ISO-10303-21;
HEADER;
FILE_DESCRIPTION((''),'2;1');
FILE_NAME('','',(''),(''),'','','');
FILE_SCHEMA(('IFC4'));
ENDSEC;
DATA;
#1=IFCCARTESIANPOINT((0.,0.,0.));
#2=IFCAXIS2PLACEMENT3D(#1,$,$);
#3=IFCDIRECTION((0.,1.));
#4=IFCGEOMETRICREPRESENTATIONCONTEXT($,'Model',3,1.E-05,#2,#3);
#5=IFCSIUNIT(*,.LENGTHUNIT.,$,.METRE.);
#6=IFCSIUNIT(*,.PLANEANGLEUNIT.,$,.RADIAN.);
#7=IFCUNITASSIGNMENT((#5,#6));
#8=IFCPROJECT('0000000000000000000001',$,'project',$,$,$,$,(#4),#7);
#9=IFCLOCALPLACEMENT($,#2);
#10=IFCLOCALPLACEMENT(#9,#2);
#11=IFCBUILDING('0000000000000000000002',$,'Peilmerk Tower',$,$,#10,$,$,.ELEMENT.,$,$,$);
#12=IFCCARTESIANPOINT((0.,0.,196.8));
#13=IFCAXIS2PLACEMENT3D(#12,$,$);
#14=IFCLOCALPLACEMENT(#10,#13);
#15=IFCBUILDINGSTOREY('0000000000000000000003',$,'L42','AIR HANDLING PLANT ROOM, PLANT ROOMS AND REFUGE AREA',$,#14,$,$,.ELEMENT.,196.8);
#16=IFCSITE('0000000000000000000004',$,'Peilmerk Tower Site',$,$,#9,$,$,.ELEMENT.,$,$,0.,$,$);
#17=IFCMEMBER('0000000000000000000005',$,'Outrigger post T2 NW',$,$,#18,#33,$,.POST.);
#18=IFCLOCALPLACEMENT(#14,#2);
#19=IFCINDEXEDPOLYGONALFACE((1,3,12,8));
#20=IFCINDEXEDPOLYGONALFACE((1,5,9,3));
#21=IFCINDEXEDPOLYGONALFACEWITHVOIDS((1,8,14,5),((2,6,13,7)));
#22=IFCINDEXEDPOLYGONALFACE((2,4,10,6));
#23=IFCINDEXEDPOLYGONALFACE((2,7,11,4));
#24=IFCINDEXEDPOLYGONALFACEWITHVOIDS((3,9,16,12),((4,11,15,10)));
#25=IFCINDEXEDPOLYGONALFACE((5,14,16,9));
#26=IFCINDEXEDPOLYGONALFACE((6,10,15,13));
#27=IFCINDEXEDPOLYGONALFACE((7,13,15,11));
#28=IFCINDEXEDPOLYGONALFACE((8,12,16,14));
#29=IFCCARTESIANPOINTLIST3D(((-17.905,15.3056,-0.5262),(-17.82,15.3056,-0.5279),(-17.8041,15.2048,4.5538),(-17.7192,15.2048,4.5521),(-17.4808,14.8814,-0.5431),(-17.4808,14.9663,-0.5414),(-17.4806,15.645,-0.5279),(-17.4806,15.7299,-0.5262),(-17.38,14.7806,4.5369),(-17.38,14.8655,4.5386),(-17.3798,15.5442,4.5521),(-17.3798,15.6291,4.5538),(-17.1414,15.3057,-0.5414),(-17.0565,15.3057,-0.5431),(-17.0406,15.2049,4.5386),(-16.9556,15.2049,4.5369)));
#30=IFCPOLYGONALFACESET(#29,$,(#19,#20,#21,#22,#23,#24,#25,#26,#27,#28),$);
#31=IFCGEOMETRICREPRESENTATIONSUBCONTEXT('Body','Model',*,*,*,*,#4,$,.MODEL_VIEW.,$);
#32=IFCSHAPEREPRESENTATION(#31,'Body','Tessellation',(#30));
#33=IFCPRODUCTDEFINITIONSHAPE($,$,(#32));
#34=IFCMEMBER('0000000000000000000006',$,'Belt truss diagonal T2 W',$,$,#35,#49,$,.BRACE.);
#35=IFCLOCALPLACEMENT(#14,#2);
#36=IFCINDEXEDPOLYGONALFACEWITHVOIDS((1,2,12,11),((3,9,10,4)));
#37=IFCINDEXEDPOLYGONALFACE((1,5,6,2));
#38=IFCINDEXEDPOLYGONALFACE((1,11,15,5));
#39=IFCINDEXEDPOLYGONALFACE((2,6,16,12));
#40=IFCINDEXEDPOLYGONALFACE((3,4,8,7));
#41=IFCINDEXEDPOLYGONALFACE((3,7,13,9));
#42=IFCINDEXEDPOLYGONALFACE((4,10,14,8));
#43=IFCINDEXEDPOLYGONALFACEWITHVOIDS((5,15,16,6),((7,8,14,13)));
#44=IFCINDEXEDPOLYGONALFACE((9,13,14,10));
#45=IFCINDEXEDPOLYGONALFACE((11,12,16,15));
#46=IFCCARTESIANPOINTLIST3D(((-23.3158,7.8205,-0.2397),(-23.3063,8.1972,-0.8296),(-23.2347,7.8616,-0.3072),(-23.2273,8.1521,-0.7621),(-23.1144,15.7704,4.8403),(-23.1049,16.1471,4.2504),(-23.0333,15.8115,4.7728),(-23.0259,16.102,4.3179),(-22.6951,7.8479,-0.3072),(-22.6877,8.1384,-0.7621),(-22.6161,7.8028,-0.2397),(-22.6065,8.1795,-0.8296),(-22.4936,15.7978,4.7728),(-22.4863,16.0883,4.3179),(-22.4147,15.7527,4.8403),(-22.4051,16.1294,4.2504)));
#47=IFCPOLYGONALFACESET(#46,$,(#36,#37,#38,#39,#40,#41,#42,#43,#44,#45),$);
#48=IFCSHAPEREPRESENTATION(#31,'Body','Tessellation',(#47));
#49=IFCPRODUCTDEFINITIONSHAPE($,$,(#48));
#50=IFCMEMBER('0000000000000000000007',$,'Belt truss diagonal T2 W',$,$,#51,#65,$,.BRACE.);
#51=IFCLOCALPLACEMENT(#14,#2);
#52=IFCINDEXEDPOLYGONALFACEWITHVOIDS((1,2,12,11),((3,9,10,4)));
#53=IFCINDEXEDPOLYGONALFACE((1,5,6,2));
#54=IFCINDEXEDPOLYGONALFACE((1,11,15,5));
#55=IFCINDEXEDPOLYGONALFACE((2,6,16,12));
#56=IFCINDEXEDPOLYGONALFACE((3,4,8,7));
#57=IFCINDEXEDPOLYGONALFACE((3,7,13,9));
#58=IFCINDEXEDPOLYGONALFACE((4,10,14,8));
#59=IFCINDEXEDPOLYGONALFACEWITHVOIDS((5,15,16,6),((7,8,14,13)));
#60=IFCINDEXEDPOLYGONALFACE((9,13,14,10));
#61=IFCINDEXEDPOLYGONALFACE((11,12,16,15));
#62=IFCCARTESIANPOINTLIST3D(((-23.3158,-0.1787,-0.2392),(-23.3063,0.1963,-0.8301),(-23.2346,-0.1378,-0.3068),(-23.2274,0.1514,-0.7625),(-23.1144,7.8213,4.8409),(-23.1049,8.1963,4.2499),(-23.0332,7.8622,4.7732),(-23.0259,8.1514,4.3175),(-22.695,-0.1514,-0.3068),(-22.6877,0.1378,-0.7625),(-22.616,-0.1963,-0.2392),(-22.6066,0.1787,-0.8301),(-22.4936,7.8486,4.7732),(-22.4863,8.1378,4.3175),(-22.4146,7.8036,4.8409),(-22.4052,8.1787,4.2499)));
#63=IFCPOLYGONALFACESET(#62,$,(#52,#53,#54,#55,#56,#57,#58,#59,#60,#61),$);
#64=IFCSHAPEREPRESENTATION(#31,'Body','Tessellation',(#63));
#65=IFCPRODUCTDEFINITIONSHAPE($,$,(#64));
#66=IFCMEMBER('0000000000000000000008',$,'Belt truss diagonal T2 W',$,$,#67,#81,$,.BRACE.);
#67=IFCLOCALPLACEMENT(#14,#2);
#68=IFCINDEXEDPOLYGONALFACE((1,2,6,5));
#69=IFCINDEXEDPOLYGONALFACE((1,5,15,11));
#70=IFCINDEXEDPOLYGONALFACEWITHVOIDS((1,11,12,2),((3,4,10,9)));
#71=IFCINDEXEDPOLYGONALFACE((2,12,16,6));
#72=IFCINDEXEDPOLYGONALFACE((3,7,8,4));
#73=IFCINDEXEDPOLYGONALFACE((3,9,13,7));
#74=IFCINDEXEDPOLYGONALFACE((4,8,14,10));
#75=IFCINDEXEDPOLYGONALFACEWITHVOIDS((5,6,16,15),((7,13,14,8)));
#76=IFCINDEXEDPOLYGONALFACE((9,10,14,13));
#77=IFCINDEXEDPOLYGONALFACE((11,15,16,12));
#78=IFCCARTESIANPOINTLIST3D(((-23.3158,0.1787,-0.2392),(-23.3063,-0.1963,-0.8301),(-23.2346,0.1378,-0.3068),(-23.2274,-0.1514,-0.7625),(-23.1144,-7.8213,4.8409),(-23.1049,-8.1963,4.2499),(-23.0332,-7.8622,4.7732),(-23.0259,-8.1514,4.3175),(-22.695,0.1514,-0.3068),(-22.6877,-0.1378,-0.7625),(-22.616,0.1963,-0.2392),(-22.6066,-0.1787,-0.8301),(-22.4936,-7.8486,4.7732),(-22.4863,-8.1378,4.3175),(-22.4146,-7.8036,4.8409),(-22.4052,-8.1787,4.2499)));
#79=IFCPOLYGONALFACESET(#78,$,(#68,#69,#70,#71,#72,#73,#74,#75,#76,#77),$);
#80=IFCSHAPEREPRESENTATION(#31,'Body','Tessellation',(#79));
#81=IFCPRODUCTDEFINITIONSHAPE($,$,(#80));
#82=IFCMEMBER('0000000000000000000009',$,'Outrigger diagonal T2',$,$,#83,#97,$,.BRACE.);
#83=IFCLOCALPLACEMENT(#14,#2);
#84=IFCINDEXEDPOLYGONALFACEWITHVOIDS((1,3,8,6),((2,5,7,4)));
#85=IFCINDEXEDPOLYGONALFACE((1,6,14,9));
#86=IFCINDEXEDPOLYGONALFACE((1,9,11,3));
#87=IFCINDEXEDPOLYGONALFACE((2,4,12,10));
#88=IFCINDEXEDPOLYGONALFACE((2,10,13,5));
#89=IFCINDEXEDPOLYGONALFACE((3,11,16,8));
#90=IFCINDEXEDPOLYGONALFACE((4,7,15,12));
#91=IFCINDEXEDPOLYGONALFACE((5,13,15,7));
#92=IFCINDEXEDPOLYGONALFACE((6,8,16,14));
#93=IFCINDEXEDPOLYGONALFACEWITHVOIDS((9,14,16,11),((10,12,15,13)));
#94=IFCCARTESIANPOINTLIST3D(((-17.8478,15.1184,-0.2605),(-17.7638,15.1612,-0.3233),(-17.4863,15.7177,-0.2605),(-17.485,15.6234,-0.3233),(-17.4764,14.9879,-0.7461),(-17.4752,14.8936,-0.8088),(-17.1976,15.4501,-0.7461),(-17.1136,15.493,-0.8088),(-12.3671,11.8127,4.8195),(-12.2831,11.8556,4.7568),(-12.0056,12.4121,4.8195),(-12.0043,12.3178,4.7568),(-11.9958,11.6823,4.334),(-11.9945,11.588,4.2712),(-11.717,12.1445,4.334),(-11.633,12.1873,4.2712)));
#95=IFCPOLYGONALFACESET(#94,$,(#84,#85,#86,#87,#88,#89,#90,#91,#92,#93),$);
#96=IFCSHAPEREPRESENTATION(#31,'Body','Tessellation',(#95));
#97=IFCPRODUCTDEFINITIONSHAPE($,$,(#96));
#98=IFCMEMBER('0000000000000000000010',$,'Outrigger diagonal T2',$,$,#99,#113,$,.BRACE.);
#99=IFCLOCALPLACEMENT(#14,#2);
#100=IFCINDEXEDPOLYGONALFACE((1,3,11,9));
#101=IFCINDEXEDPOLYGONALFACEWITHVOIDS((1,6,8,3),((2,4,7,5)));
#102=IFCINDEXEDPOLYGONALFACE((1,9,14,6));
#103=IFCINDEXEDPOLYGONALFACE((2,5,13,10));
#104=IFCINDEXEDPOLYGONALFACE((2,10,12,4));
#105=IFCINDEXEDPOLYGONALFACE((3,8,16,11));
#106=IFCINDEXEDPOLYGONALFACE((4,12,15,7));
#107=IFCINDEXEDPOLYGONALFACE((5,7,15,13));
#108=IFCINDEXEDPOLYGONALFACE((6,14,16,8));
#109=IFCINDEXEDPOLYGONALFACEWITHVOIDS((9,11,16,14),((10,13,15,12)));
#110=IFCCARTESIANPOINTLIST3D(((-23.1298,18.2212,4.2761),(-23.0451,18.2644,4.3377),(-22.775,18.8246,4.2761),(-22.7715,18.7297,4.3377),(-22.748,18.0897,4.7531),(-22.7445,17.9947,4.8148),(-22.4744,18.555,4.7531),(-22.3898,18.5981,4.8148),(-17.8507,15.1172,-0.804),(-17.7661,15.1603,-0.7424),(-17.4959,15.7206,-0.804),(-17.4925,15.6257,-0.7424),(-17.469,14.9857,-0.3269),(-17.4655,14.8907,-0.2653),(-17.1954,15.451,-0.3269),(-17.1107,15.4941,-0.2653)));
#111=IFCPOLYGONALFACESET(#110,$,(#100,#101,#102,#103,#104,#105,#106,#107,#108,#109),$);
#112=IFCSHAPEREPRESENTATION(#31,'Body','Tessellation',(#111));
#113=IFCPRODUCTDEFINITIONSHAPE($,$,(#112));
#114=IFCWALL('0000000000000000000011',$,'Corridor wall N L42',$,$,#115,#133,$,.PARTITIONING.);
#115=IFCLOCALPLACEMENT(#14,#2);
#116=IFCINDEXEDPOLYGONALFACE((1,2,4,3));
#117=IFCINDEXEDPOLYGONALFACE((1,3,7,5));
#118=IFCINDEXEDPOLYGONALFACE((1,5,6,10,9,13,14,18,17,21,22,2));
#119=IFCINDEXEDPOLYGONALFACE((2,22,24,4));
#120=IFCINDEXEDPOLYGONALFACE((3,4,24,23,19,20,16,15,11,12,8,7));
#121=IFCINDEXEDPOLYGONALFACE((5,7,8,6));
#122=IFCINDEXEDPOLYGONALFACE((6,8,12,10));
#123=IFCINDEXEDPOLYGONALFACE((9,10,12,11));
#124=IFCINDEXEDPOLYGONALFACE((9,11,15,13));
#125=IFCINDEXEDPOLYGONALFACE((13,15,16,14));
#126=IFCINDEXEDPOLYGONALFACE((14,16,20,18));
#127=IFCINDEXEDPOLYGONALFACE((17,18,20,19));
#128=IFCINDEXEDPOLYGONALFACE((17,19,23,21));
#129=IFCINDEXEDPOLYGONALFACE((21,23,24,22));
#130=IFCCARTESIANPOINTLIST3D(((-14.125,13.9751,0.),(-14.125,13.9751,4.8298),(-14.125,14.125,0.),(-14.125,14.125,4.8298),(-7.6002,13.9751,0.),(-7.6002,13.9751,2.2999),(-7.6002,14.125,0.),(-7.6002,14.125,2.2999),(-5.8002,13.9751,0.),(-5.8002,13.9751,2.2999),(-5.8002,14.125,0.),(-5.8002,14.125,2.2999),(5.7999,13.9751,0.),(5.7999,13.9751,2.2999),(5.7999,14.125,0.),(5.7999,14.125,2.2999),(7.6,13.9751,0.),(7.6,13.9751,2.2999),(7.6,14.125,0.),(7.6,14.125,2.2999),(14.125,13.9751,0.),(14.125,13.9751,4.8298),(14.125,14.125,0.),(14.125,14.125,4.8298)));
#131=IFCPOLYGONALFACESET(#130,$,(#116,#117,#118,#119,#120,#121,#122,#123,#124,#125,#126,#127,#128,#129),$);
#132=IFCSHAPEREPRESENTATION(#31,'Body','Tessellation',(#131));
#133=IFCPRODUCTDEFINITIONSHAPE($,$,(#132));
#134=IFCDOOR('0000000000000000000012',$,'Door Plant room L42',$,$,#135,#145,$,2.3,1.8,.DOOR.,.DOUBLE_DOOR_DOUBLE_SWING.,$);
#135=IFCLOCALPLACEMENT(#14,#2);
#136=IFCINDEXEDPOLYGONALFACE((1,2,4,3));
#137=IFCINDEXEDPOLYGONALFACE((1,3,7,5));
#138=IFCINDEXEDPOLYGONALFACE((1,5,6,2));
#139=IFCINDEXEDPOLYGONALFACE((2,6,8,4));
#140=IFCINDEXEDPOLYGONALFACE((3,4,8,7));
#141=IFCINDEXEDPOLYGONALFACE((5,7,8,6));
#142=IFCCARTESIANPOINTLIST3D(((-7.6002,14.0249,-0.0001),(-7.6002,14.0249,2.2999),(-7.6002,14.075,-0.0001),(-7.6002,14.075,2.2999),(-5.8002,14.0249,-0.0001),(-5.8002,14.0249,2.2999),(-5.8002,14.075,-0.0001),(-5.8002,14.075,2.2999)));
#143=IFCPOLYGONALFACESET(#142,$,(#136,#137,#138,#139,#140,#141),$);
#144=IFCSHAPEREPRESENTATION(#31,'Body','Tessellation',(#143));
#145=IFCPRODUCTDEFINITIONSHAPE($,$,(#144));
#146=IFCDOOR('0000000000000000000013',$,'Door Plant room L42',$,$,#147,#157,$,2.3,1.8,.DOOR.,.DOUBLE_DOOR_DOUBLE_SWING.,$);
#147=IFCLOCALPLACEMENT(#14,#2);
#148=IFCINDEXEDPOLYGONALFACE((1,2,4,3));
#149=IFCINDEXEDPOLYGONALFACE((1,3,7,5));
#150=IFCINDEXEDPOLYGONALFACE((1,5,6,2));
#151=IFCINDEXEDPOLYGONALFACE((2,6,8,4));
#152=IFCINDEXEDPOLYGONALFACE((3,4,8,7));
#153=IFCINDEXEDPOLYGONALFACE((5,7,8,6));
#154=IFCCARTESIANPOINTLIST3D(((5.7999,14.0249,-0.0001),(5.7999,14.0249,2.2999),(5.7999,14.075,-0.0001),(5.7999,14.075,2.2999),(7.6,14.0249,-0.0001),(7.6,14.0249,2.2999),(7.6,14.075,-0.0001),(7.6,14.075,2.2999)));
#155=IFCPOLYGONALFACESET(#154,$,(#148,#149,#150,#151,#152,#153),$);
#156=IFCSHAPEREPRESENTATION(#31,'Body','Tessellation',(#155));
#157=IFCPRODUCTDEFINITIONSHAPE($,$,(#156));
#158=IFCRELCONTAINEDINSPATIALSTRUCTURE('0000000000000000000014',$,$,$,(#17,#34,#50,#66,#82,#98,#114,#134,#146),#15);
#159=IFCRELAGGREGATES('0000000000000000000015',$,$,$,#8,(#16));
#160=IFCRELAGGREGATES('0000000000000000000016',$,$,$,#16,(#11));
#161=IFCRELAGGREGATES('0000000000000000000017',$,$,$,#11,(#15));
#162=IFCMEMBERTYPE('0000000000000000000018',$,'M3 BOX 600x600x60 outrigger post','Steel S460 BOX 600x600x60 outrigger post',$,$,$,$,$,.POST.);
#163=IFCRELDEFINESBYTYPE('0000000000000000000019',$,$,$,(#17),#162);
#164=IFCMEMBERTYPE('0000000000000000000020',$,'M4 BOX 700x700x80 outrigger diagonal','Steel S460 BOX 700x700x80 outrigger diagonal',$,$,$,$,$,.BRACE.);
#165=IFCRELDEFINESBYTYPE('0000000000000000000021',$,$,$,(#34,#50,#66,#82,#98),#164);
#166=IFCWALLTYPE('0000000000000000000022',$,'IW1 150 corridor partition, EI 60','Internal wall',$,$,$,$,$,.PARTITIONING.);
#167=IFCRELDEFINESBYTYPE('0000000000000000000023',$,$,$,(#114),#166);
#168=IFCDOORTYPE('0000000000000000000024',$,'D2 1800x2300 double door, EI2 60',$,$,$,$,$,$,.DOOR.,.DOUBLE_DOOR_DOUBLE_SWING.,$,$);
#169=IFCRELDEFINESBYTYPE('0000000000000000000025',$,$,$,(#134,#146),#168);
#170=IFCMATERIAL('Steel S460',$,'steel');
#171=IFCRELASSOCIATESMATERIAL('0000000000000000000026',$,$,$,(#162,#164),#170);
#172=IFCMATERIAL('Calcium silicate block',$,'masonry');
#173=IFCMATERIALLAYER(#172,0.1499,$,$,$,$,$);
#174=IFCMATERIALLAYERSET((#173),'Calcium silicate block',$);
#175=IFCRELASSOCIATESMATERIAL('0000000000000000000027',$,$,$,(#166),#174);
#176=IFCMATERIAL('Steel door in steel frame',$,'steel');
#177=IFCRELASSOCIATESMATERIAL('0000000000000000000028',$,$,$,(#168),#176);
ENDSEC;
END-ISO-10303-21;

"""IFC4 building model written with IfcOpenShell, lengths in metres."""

from ifc_helpers import new_model, si_unit, direction, frame, frame_2d, origin, origin_2d, place, context, subcontext, project, spatial, rectangle, hollow_rectangle, extrude, material, layer, layer_set, material_profile, profile_set, type_object, element, fill, save


model = new_model("IFC4")

# Units and contexts
model_context = context("Model", 3, precision=1e-05, world=origin(), true_north=direction((0.0, 1.0)))
body_context = subcontext(model_context, "Body", "Model", "MODEL_VIEW")
ifc_project = project(units=[si_unit("LENGTHUNIT", "METRE"), si_unit("PLANEANGLEUNIT", "RADIAN")], contexts=[model_context])

# Site, building, storey
site_placement = place(None, origin())
site = spatial("IfcSite", under=ifc_project, at=site_placement, Name="Peilmerk Tower Site", CompositionType="ELEMENT", RefElevation=0.0)
building_placement = place(site_placement, origin())
building = spatial("IfcBuilding", under=site, at=building_placement, Name="Peilmerk Tower", CompositionType="ELEMENT")
storey_placement = place(building_placement, frame((0.0, 0.0, 196.8)))
storey = spatial("IfcBuildingStorey", under=building, at=storey_placement, Name="L42", Description="AIR HANDLING PLANT ROOM, PLANT ROOMS AND REFUGE AREA", CompositionType="ELEMENT", Elevation=196.8)

# Shared definitions
ifc_material_1 = material(Name="Steel S460", Category="steel")

# Members
ifc_material_profile_1 = material_profile(ifc_material_1, hollow_rectangle(XDim=0.6001, YDim=0.6001, WallThickness=0.0601, at=origin_2d()), Name="BOX 600x600x60")
ifc_profile_set_1 = profile_set([ifc_material_profile_1], Name="Steel S460")
member_type_1 = type_object("IfcMemberType", Name="M3 BOX 600x600x60 outrigger post", Description="Steel S460 BOX 600x600x60 outrigger post", PredefinedType="POST", material=ifc_profile_set_1)
member_1_placement = place(storey_placement, frame((-17.4807, 15.3057, -0.5347), z_axis=(0.01984, -0.01984, 0.999606), x_axis=(0.707107, 0.707107, 0.0)))
element("IfcMember", 1, at=member_1_placement, inside=storey, type_object=member_type_1, Name="Outrigger post T2 NW", PredefinedType="POST", context=body_context, shape_type="SweptSolid", body=[
    extrude(hollow_rectangle(XDim=0.6001, YDim=0.6001, WallThickness=0.0601, at=origin_2d()), origin(), (0.0, 0.0, 1.0), 5.082),
])
ifc_material_profile_2 = material_profile(ifc_material_1, hollow_rectangle(XDim=0.7, YDim=0.7, WallThickness=0.0801, at=origin_2d()), Name="BOX 700x700x80")
ifc_profile_set_2 = profile_set([ifc_material_profile_2], Name="Steel S460")
member_type_2 = type_object("IfcMemberType", Name="M4 BOX 700x700x80 outrigger diagonal", Description="Steel S460 BOX 700x700x80 outrigger diagonal", PredefinedType="BRACE", material=ifc_profile_set_2)
member_2_placement = place(storey_placement, frame((-22.9612, 8.0, -0.5347), z_axis=(0.021344, 0.842459, 0.538338), x_axis=(-0.999679, 0.025327, 0.0)))
element("IfcMember", 2, at=member_2_placement, inside=storey, type_object=member_type_2, Name="Belt truss diagonal T2 W", PredefinedType="BRACE", context=body_context, shape_type="SweptSolid", body=[
    extrude(hollow_rectangle(XDim=0.7, YDim=0.7, WallThickness=0.0801, at=origin_2d()), origin(), (0.0, 0.0, 1.0), 9.4365),
])
for number, where, z_axis, x_axis, name in (
    (3, (-22.9612, 0.0, -0.5347), (0.021249, 0.843988, 0.535941), (-0.999683, 0.025169, 0.0), "Belt truss diagonal T2 W"),
    (4, (-22.9612, 0.0, -0.5347), (0.021249, -0.843988, 0.535941), (0.999683, 0.025169, 0.0), "Belt truss diagonal T2 W"),
):
    element("IfcMember", number, at=place(storey_placement, frame(where, z_axis=z_axis, x_axis=x_axis)), inside=storey, type_object=member_type_2, Name=name, PredefinedType="BRACE", context=body_context, shape_type="SweptSolid", body=[
        extrude(hollow_rectangle(XDim=0.7, YDim=0.7, WallThickness=0.0801, at=origin_2d()), origin(), (0.0, 0.0, 1.0), 9.4788),
    ])
member_3_placement = place(storey_placement, frame((-17.4807, 15.3057, -0.5347), z_axis=(0.670714, -0.404538, 0.621685), x_axis=(0.516475, 0.856303, 0.0)))
element("IfcMember", 5, at=member_3_placement, inside=storey, type_object=member_type_2, Name="Outrigger diagonal T2", PredefinedType="BRACE", context=body_context, shape_type="SweptSolid", body=[
    extrude(hollow_rectangle(XDim=0.7, YDim=0.7, WallThickness=0.0801, at=origin_2d()), origin(), (0.0, 0.0, 1.0), 8.1714),
])
member_4_placement = place(storey_placement, frame((-17.4807, 15.3057, -0.5347), z_axis=(-0.663466, 0.390108, 0.638459), x_axis=(-0.50686, -0.862028, 0.0)))
element("IfcMember", 6, at=member_4_placement, inside=storey, type_object=member_type_2, Name="Outrigger diagonal T2", PredefinedType="BRACE", context=body_context, shape_type="SweptSolid", body=[
    extrude(hollow_rectangle(XDim=0.7, YDim=0.7, WallThickness=0.0801, at=origin_2d()), origin(), (0.0, 0.0, 1.0), 7.9568),
])

# Wall, openings, doors
ifc_material_2 = material(Name="Calcium silicate block", Category="masonry")
ifc_layer_1 = layer(ifc_material_2, 0.1499)
ifc_layer_set_1 = layer_set([ifc_layer_1], Name="Calcium silicate block")
wall_type_1 = type_object("IfcWallType", Name="IW1 150 corridor partition, EI 60", Description="Internal wall", PredefinedType="PARTITIONING", material=ifc_layer_set_1)
wall_1_placement = place(storey_placement, frame((-14.125, 14.05, 0.0), z_axis=(0.0, 0.0, 1.0), x_axis=(1.0, 0.0, 0.0)))
wall_1 = element("IfcWall", 7, at=wall_1_placement, inside=storey, type_object=wall_type_1, Name="Corridor wall N L42", PredefinedType="PARTITIONING", context=body_context, shape_type="SweptSolid", body=[
    extrude(rectangle(XDim=28.25, YDim=0.1499, at=frame_2d((14.125, 0.0))), origin(), (0.0, 0.0, 1.0), 4.8298),
])
opening_1_placement = place(wall_1_placement, frame((6.5249, 0.0, 0.0)))
opening_1 = element("IfcOpeningElement", 8, at=opening_1_placement, cuts=wall_1, PredefinedType="OPENING", context=body_context, shape_type="SweptSolid", body=[
    extrude(rectangle(XDim=1.8, YDim=2.3, at=frame_2d((0.8999, 1.1499))), frame((0.0, 0.085, 0.0), z_axis=(0.0, -1.0, 0.0), x_axis=(1.0, 0.0, 0.0)), (0.0, 0.0, 1.0), 0.1699),
])
opening_2_placement = place(wall_1_placement, frame((19.925, 0.0, 0.0)))
opening_2 = element("IfcOpeningElement", 9, at=opening_2_placement, cuts=wall_1, PredefinedType="OPENING", context=body_context, shape_type="SweptSolid", body=[
    extrude(rectangle(XDim=1.8, YDim=2.3, at=frame_2d((0.8999, 1.1499))), frame((0.0, 0.085, 0.0), z_axis=(0.0, -1.0, 0.0), x_axis=(1.0, 0.0, 0.0)), (0.0, 0.0, 1.0), 0.1699),
])
ifc_material_3 = material(Name="Steel door in steel frame", Category="steel")
door_type = type_object("IfcDoorType", Name="D2 1800x2300 double door, EI2 60", OperationType="DOUBLE_DOOR_DOUBLE_SWING", PredefinedType="DOOR", material=ifc_material_3)
door_1_placement = place(opening_1_placement, origin())
door_1 = element("IfcDoor", 10, at=door_1_placement, inside=storey, type_object=door_type, Name="Door Plant room L42", OperationType="DOUBLE_DOOR_DOUBLE_SWING", OverallHeight=2.3, OverallWidth=1.8, PredefinedType="DOOR", context=body_context, shape_type="SweptSolid", body=[
    extrude(rectangle(XDim=1.8, YDim=2.3, at=frame_2d((0.8999, 1.1499))), frame((0.0, 0.0249, 0.0), z_axis=(0.0, -1.0, 0.0), x_axis=(1.0, 0.0, 0.0)), (0.0, 0.0, 1.0), 0.05),
])
fill(opening_1, door_1)
door_2_placement = place(opening_2_placement, origin())
door_2 = element("IfcDoor", 11, at=door_2_placement, inside=storey, type_object=door_type, Name="Door Plant room L42", OperationType="DOUBLE_DOOR_DOUBLE_SWING", OverallHeight=2.3, OverallWidth=1.8, PredefinedType="DOOR", context=body_context, shape_type="SweptSolid", body=[
    extrude(rectangle(XDim=1.8, YDim=2.3, at=frame_2d((0.8999, 1.1499))), frame((0.0, 0.0249, 0.0), z_axis=(0.0, -1.0, 0.0), x_axis=(1.0, 0.0, 0.0)), (0.0, 0.0, 1.0), 0.05),
])
fill(opening_2, door_2)

save(model, "model.ifc")
